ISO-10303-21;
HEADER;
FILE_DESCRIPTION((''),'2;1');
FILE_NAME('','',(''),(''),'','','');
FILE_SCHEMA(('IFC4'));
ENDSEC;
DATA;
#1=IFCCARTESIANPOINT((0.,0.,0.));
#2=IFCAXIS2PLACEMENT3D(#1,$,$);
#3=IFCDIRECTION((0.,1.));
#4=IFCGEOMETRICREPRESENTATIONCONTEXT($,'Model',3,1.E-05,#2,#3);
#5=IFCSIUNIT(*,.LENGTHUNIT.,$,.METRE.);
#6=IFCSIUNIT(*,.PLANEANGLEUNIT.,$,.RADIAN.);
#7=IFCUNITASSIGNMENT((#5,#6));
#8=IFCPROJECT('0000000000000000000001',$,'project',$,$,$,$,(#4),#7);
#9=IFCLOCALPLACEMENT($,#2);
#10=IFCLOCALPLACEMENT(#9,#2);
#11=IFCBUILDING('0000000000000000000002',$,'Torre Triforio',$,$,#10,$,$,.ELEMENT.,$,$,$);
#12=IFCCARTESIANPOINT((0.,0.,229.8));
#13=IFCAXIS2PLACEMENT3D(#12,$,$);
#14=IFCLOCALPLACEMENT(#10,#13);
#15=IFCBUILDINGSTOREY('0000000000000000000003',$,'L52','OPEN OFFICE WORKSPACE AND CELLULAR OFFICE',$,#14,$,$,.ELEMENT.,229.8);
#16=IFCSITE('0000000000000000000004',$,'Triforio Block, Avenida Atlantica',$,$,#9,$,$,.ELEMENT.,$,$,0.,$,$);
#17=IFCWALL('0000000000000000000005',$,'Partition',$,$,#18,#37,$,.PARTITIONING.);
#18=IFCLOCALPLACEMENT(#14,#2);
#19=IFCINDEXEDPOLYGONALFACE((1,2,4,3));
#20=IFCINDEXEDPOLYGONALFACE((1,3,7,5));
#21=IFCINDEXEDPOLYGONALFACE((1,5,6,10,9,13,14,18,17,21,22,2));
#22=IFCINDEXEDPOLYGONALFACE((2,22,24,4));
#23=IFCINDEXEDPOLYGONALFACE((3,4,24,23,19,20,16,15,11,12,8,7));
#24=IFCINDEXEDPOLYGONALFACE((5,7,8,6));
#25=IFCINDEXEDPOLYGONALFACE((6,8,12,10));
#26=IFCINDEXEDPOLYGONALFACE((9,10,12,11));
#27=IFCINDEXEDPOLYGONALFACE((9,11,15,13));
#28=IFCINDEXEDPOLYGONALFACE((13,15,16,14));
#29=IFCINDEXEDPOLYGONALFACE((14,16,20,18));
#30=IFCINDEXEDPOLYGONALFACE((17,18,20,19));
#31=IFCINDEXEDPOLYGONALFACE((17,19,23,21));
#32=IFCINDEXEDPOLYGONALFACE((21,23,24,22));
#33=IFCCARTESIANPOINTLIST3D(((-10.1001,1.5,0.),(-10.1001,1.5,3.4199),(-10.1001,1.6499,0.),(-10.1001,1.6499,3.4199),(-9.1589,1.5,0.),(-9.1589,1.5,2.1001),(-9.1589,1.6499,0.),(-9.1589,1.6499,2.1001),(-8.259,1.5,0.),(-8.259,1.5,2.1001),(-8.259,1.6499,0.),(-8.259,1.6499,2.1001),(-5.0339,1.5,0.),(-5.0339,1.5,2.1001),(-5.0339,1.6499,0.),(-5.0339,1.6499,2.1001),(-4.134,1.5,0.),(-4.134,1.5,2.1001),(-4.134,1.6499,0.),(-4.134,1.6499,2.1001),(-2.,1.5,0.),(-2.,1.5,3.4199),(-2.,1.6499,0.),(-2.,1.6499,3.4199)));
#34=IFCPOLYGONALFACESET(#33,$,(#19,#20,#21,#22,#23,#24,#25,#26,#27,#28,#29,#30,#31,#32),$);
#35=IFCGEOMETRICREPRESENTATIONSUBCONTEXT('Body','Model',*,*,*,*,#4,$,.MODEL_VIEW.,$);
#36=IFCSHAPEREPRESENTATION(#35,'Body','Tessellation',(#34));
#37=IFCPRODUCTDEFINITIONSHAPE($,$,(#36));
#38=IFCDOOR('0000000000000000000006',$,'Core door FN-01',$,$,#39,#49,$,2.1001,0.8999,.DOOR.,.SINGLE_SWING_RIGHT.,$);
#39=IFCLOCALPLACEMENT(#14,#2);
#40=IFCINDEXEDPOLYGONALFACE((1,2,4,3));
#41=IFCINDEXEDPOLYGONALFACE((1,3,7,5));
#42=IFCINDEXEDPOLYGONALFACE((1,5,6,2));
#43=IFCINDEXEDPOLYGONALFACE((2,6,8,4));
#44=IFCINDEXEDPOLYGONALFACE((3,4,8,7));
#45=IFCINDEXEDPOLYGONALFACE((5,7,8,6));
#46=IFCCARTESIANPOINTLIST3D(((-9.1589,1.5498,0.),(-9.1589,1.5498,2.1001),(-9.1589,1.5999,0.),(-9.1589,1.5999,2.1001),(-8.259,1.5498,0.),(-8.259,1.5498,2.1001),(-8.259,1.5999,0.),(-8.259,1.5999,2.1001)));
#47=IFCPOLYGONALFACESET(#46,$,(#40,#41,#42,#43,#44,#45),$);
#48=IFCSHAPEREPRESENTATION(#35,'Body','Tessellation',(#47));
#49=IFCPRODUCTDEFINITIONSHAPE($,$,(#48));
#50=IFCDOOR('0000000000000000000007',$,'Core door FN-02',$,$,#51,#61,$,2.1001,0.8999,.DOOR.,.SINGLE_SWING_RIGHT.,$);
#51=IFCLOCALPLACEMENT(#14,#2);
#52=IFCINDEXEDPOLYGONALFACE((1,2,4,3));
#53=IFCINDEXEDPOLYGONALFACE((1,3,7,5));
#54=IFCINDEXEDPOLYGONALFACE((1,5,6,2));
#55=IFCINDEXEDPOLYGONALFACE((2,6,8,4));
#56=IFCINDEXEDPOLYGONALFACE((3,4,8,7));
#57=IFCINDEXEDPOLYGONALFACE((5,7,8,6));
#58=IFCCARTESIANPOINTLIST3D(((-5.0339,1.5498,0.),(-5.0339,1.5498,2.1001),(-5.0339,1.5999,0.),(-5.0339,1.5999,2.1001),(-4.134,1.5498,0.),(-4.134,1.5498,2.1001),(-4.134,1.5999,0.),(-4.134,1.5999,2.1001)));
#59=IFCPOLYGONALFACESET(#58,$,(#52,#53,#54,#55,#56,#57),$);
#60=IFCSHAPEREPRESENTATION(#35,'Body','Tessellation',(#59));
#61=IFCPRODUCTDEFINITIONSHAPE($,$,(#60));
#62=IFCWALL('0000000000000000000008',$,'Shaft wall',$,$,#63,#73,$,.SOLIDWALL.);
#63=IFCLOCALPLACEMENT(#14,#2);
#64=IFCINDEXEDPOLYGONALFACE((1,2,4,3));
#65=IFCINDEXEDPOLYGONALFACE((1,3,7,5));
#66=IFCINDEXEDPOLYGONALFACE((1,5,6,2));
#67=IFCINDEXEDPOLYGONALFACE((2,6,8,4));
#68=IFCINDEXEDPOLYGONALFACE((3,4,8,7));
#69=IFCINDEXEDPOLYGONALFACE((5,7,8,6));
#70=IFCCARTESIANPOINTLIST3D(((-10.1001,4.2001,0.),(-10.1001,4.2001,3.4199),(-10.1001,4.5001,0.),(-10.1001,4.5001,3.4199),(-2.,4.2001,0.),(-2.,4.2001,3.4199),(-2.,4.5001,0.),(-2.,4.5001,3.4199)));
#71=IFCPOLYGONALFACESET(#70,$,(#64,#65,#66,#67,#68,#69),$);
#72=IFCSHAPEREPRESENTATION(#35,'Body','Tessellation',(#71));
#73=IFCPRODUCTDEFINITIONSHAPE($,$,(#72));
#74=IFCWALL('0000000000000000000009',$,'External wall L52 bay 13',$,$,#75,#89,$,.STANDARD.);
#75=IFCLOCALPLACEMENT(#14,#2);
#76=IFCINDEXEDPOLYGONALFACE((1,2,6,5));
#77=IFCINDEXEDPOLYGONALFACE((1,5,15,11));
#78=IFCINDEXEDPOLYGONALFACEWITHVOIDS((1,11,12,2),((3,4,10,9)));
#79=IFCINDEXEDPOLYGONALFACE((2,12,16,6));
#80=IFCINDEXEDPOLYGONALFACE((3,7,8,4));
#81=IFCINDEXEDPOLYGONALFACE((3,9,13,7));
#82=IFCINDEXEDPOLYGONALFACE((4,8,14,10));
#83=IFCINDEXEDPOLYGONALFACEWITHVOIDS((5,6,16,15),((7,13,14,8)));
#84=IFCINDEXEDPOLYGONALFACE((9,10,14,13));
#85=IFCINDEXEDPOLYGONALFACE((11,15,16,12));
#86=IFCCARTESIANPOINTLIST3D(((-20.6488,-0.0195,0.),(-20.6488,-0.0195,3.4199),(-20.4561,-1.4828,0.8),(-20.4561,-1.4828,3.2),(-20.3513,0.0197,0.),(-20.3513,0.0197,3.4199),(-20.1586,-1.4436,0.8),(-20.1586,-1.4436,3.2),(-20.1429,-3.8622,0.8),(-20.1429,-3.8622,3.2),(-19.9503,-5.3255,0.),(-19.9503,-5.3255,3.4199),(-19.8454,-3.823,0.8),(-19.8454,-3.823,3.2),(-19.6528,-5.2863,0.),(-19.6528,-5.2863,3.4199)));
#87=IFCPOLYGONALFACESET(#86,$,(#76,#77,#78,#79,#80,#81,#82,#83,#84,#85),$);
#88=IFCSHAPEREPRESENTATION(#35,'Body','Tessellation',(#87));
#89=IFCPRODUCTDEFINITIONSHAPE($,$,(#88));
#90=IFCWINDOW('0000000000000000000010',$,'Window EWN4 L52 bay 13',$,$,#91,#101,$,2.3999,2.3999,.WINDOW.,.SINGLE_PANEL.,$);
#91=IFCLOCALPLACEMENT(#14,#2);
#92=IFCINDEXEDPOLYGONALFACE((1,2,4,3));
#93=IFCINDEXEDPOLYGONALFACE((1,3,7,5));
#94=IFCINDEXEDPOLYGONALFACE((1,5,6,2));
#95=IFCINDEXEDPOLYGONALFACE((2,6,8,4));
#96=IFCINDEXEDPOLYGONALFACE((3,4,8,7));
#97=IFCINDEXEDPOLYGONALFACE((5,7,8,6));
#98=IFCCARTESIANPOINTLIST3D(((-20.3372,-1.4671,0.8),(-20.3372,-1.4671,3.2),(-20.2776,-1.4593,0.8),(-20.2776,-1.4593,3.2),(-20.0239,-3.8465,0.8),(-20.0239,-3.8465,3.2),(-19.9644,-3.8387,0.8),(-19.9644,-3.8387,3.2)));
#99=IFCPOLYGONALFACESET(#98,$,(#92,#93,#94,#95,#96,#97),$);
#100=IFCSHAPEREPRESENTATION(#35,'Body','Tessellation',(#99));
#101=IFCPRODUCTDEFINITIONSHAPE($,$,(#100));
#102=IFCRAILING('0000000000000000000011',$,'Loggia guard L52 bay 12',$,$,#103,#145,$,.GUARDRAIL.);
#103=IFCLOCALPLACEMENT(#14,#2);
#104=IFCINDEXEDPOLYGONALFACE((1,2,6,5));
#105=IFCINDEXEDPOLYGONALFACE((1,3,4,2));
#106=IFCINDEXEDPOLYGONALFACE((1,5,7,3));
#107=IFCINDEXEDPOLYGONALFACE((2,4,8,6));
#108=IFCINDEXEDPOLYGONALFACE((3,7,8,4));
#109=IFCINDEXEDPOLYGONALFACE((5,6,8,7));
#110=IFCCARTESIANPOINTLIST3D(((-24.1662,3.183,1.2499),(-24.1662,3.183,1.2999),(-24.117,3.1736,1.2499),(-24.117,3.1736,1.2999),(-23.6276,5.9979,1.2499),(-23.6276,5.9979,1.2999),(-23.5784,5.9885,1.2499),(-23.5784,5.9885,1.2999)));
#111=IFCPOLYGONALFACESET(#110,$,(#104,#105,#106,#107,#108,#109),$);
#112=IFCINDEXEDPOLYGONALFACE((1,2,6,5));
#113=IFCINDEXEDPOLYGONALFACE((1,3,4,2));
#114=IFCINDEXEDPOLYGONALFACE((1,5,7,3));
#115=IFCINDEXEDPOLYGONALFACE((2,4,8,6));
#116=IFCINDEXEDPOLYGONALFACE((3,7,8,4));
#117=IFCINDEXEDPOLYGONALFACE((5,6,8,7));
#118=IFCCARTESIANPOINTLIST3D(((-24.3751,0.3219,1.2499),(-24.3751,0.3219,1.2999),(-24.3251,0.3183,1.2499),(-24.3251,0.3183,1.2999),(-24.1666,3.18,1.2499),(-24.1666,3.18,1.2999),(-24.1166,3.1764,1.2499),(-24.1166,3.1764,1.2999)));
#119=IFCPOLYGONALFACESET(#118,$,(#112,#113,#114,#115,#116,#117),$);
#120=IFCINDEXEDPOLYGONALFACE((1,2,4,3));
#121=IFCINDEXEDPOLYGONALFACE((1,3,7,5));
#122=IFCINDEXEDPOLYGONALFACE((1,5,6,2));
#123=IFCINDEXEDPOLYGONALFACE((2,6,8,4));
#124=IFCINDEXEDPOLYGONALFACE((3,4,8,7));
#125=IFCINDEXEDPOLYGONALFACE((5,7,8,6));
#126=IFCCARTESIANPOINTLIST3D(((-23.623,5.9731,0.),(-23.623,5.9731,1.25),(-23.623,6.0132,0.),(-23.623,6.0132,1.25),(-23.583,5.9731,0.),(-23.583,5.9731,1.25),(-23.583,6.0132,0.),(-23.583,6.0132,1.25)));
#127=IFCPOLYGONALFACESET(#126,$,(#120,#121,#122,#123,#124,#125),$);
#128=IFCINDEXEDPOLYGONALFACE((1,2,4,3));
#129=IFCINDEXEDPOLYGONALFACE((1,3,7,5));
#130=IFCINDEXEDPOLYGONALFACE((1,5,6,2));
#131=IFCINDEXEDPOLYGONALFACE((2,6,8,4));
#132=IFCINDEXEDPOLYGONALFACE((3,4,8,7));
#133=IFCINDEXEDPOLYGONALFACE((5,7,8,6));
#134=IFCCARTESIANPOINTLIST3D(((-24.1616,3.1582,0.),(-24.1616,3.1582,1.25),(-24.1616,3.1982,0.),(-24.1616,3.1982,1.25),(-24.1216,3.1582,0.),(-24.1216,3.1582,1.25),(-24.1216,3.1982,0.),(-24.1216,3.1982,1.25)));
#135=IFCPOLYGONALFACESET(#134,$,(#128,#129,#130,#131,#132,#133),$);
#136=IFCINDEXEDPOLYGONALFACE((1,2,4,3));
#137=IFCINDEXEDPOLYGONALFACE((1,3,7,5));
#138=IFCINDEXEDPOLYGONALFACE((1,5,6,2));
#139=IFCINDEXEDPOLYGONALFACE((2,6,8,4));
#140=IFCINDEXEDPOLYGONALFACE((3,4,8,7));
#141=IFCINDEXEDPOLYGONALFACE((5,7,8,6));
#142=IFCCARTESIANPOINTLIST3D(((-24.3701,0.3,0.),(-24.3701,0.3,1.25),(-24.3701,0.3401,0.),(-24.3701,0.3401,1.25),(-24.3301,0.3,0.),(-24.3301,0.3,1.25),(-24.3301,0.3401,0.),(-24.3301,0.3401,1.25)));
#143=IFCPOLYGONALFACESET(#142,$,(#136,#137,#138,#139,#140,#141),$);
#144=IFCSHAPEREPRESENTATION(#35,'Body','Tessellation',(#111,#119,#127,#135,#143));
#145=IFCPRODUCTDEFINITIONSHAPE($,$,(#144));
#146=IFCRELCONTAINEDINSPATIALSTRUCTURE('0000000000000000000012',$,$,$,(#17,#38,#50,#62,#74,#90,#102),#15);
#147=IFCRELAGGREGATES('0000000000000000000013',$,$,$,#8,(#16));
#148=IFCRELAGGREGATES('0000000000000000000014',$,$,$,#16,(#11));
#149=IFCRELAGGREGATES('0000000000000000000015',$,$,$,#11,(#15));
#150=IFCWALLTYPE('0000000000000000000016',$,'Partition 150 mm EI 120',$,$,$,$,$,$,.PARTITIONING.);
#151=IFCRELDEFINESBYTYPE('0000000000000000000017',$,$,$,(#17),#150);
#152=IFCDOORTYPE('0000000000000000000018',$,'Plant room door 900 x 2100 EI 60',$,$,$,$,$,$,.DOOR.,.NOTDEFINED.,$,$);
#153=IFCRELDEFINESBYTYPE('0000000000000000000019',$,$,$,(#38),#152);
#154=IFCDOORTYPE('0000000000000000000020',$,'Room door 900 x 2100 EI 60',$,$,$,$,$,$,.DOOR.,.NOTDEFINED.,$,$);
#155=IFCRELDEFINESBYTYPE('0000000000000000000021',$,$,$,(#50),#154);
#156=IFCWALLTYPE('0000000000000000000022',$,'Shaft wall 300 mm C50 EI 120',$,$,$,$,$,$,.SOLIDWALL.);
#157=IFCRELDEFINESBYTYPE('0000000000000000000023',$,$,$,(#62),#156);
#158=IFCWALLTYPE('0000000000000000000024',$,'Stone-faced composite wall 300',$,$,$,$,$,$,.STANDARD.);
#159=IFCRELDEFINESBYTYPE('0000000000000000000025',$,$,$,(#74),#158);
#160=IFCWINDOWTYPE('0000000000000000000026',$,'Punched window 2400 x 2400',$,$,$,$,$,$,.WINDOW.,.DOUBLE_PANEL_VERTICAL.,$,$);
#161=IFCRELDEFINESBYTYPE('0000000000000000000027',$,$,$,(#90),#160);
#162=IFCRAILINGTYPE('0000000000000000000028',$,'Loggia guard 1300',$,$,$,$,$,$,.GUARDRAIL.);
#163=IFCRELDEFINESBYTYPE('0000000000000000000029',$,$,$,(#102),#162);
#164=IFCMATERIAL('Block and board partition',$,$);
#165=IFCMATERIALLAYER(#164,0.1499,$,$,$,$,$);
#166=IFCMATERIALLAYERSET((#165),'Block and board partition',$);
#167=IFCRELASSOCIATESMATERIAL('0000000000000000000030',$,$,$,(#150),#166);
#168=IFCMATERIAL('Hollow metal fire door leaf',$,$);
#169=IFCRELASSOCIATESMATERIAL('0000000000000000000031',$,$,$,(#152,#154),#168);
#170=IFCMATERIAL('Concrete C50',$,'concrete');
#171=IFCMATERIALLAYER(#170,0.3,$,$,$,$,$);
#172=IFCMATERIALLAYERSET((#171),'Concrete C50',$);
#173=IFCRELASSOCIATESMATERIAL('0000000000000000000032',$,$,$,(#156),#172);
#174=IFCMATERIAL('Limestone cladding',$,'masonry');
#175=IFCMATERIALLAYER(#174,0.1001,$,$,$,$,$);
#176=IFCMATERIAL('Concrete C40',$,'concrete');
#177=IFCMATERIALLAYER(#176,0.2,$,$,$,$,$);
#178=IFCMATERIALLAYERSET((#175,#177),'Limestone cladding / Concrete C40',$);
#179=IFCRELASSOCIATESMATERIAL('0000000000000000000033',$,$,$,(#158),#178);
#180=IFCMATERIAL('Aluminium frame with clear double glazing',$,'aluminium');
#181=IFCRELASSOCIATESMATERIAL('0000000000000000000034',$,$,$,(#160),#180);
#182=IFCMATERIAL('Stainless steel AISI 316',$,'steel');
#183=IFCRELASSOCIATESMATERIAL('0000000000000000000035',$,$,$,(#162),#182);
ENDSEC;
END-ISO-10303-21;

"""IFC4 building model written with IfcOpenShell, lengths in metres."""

from ifc_helpers import new_model, si_unit, direction, frame, frame_2d, origin, origin_2d, place, context, subcontext, project, spatial, rectangle, extrude, material, layer, layer_set, type_object, element, fill, save


model = new_model("IFC4")

# Units and contexts
model_context = context("Model", 3, precision=1e-05, world=origin(), true_north=direction((0.0, 1.0)))
body_context = subcontext(model_context, "Body", "Model", "MODEL_VIEW")
ifc_project = project(units=[si_unit("LENGTHUNIT", "METRE"), si_unit("PLANEANGLEUNIT", "RADIAN")], contexts=[model_context])

# Site, building, storey
site_placement = place(None, origin())
site = spatial("IfcSite", under=ifc_project, at=site_placement, Name="Triforio Block, Avenida Atlantica", CompositionType="ELEMENT", RefElevation=0.0)
building_placement = place(site_placement, origin())
building = spatial("IfcBuilding", under=site, at=building_placement, Name="Torre Triforio", CompositionType="ELEMENT")
storey_placement = place(building_placement, frame((0.0, 0.0, 229.8)))
storey = spatial("IfcBuildingStorey", under=building, at=storey_placement, Name="L52", Description="OPEN OFFICE WORKSPACE AND CELLULAR OFFICE", CompositionType="ELEMENT", Elevation=229.8)

# Shared definitions
ifc_material_1 = material(Name="Concrete C50", Category="concrete")

# Shared definitions
ifc_material_2 = material(Name="Concrete C40", Category="concrete")

# Shared definitions
ifc_material_3 = material(Name="Hollow metal fire door leaf")

# Wall, openings, doors
ifc_material_4 = material(Name="Block and board partition")
ifc_layer_1 = layer(ifc_material_4, 0.1499)
ifc_layer_set_1 = layer_set([ifc_layer_1], Name="Block and board partition")
wall_type_1 = type_object("IfcWallType", Name="Partition 150 mm EI 120", PredefinedType="PARTITIONING", material=ifc_layer_set_1)
wall_1_placement = place(storey_placement, frame((-10.1001, 1.575, 0.0), z_axis=(0.0, 0.0, 1.0), x_axis=(1.0, 0.0, 0.0)))
wall_1 = element("IfcWall", 1, at=wall_1_placement, inside=storey, type_object=wall_type_1, Name="Partition", PredefinedType="PARTITIONING", context=body_context, shape_type="SweptSolid", body=[
    extrude(rectangle(XDim=8.1001, YDim=0.1499, at=frame_2d((4.05, 0.0))), origin(), (0.0, 0.0, 1.0), 3.4199),
])
opening_1_placement = place(wall_1_placement, frame((0.9412, 0.0, 0.0)))
opening_1 = element("IfcOpeningElement", 2, at=opening_1_placement, cuts=wall_1, PredefinedType="OPENING", context=body_context, shape_type="SweptSolid", body=[
    extrude(rectangle(XDim=0.8999, YDim=2.1001, at=frame_2d((0.45, 1.05))), frame((0.0, 0.085, 0.0), z_axis=(0.0, -1.0, 0.0), x_axis=(1.0, 0.0, 0.0)), (0.0, 0.0, 1.0), 0.1699),
])
opening_2_placement = place(wall_1_placement, frame((5.0662, 0.0, 0.0)))
opening_2 = element("IfcOpeningElement", 3, at=opening_2_placement, cuts=wall_1, PredefinedType="OPENING", context=body_context, shape_type="SweptSolid", body=[
    extrude(rectangle(XDim=0.8999, YDim=2.1001, at=frame_2d((0.45, 1.05))), frame((0.0, 0.085, 0.0), z_axis=(0.0, -1.0, 0.0), x_axis=(1.0, 0.0, 0.0)), (0.0, 0.0, 1.0), 0.1699),
])
door_type_1 = type_object("IfcDoorType", Name="Plant room door 900 x 2100 EI 60", OperationType="NOTDEFINED", PredefinedType="DOOR", material=ifc_material_3)
door_1_placement = place(opening_1_placement, origin())
door_1 = element("IfcDoor", 4, at=door_1_placement, inside=storey, type_object=door_type_1, Name="Core door FN-01", OperationType="SINGLE_SWING_RIGHT", OverallHeight=2.1001, OverallWidth=0.8999, PredefinedType="DOOR", context=body_context, shape_type="SweptSolid", body=[
    extrude(rectangle(XDim=0.8999, YDim=2.1001, at=frame_2d((0.45, 1.05))), frame((0.0, 0.0249, 0.0), z_axis=(0.0, -1.0, 0.0), x_axis=(1.0, 0.0, 0.0)), (0.0, 0.0, 1.0), 0.05),
])
fill(opening_1, door_1)
door_type_2 = type_object("IfcDoorType", Name="Room door 900 x 2100 EI 60", OperationType="NOTDEFINED", PredefinedType="DOOR", material=ifc_material_3)
door_2_placement = place(opening_2_placement, origin())
door_2 = element("IfcDoor", 5, at=door_2_placement, inside=storey, type_object=door_type_2, Name="Core door FN-02", OperationType="SINGLE_SWING_RIGHT", OverallHeight=2.1001, OverallWidth=0.8999, PredefinedType="DOOR", context=body_context, shape_type="SweptSolid", body=[
    extrude(rectangle(XDim=0.8999, YDim=2.1001, at=frame_2d((0.45, 1.05))), frame((0.0, 0.0249, 0.0), z_axis=(0.0, -1.0, 0.0), x_axis=(1.0, 0.0, 0.0)), (0.0, 0.0, 1.0), 0.05),
])
fill(opening_2, door_2)

# Wall
ifc_layer_2 = layer(ifc_material_1, 0.3)
ifc_layer_set_2 = layer_set([ifc_layer_2], Name="Concrete C50")
wall_type_2 = type_object("IfcWallType", Name="Shaft wall 300 mm C50 EI 120", PredefinedType="SOLIDWALL", material=ifc_layer_set_2)
wall_2_placement = place(storey_placement, frame((-10.1001, 4.3501, 0.0), z_axis=(0.0, 0.0, 1.0), x_axis=(1.0, 0.0, 0.0)))
element("IfcWall", 6, at=wall_2_placement, inside=storey, type_object=wall_type_2, Name="Shaft wall", PredefinedType="SOLIDWALL", context=body_context, shape_type="SweptSolid", body=[
    extrude(rectangle(XDim=8.1001, YDim=0.3, at=frame_2d((4.05, 0.0))), origin(), (0.0, 0.0, 1.0), 3.4199),
])

# Shared definitions
ifc_material_5 = material(Name="Limestone cladding", Category="masonry")
ifc_layer_3 = layer(ifc_material_5, 0.1001)
ifc_layer_4 = layer(ifc_material_2, 0.2)
ifc_layer_set_3 = layer_set([ifc_layer_3, ifc_layer_4], Name="Limestone cladding / Concrete C40")
wall_type_3 = type_object("IfcWallType", Name="Stone-faced composite wall 300", PredefinedType="STANDARD", material=ifc_layer_set_3)
ifc_material_6 = material(Name="Aluminium frame with clear double glazing", Category="aluminium")

# Wall, opening, window
wall_3_placement = place(storey_placement, frame((-20.5, 0.0, 0.0), z_axis=(0.0, 0.0, 1.0), x_axis=(0.130517, -0.991446, 0.0)))
wall_3 = element("IfcWall", 7, at=wall_3_placement, inside=storey, type_object=wall_type_3, Name="External wall L52 bay 13", PredefinedType="STANDARD", context=body_context, shape_type="SweptSolid", body=[
    extrude(rectangle(XDim=5.3518, YDim=0.3, at=frame_2d((2.6758, 0.0))), origin(), (0.0, 0.0, 1.0), 3.4199),
])
opening_3_placement = place(wall_3_placement, frame((1.4758, 0.0, 0.8)))
opening_3 = element("IfcOpeningElement", 8, at=opening_3_placement, cuts=wall_3, PredefinedType="OPENING", context=body_context, shape_type="SweptSolid", body=[
    extrude(rectangle(XDim=2.3999, YDim=2.3999, at=frame_2d((1.2, 1.2))), frame((0.0, 0.1599, 0.0), z_axis=(0.0, -1.0, 0.0), x_axis=(1.0, 0.0, 0.0)), (0.0, 0.0, 1.0), 0.3201),
])
window_type_1 = type_object("IfcWindowType", Name="Punched window 2400 x 2400", PartitioningType="DOUBLE_PANEL_VERTICAL", PredefinedType="WINDOW", material=ifc_material_6)
window_1_placement = place(opening_3_placement, origin())
window_1 = element("IfcWindow", 9, at=window_1_placement, inside=storey, type_object=window_type_1, Name="Window EWN4 L52 bay 13", OverallHeight=2.3999, OverallWidth=2.3999, PartitioningType="SINGLE_PANEL", PredefinedType="WINDOW", context=body_context, shape_type="SweptSolid", body=[
    extrude(rectangle(XDim=2.3999, YDim=2.3999, at=frame_2d((1.2, 1.2))), frame((0.0, 0.03, 0.0), z_axis=(0.0, -1.0, 0.0), x_axis=(1.0, 0.0, 0.0)), (0.0, 0.0, 1.0), 0.0601),
])
fill(opening_3, window_1)

# Railing
ifc_material_7 = material(Name="Stainless steel AISI 316", Category="steel")
railing_type = type_object("IfcRailingType", Name="Loggia guard 1300", PredefinedType="GUARDRAIL", material=ifc_material_7)
railing_placement = place(storey_placement, frame((-23.603, 5.9932, 0.0)))
element("IfcRailing", 10, at=railing_placement, inside=storey, type_object=railing_type, Name="Loggia guard L52 bay 12", PredefinedType="GUARDRAIL", context=body_context, shape_type="SweptSolid", body=[
    extrude(rectangle(XDim=0.05, YDim=0.05, at=origin_2d()), frame((0.0, 0.0, 1.2749), z_axis=(-0.187918, -0.982185, 0.0), x_axis=(0.982185, -0.187918, 0.0)), (0.0, 0.0, 1.0), 2.866),
    extrude(rectangle(XDim=0.05, YDim=0.05, at=origin_2d()), frame((-0.5386, -2.8149, 1.2749), z_axis=(-0.072754, -0.99735, 0.0), x_axis=(0.99735, -0.072754, 0.0)), (0.0, 0.0, 1.0), 2.8657),
    extrude(rectangle(XDim=0.04, YDim=0.04, at=origin_2d()), origin(), (0.0, 0.0, 1.0), 1.25),
    extrude(rectangle(XDim=0.04, YDim=0.04, at=origin_2d()), frame((-0.5386, -2.8149, 0.0)), (0.0, 0.0, 1.0), 1.25),
    extrude(rectangle(XDim=0.04, YDim=0.04, at=origin_2d()), frame((-0.7471, -5.6731, 0.0)), (0.0, 0.0, 1.0), 1.25),
])

save(model, "model.ifc")
